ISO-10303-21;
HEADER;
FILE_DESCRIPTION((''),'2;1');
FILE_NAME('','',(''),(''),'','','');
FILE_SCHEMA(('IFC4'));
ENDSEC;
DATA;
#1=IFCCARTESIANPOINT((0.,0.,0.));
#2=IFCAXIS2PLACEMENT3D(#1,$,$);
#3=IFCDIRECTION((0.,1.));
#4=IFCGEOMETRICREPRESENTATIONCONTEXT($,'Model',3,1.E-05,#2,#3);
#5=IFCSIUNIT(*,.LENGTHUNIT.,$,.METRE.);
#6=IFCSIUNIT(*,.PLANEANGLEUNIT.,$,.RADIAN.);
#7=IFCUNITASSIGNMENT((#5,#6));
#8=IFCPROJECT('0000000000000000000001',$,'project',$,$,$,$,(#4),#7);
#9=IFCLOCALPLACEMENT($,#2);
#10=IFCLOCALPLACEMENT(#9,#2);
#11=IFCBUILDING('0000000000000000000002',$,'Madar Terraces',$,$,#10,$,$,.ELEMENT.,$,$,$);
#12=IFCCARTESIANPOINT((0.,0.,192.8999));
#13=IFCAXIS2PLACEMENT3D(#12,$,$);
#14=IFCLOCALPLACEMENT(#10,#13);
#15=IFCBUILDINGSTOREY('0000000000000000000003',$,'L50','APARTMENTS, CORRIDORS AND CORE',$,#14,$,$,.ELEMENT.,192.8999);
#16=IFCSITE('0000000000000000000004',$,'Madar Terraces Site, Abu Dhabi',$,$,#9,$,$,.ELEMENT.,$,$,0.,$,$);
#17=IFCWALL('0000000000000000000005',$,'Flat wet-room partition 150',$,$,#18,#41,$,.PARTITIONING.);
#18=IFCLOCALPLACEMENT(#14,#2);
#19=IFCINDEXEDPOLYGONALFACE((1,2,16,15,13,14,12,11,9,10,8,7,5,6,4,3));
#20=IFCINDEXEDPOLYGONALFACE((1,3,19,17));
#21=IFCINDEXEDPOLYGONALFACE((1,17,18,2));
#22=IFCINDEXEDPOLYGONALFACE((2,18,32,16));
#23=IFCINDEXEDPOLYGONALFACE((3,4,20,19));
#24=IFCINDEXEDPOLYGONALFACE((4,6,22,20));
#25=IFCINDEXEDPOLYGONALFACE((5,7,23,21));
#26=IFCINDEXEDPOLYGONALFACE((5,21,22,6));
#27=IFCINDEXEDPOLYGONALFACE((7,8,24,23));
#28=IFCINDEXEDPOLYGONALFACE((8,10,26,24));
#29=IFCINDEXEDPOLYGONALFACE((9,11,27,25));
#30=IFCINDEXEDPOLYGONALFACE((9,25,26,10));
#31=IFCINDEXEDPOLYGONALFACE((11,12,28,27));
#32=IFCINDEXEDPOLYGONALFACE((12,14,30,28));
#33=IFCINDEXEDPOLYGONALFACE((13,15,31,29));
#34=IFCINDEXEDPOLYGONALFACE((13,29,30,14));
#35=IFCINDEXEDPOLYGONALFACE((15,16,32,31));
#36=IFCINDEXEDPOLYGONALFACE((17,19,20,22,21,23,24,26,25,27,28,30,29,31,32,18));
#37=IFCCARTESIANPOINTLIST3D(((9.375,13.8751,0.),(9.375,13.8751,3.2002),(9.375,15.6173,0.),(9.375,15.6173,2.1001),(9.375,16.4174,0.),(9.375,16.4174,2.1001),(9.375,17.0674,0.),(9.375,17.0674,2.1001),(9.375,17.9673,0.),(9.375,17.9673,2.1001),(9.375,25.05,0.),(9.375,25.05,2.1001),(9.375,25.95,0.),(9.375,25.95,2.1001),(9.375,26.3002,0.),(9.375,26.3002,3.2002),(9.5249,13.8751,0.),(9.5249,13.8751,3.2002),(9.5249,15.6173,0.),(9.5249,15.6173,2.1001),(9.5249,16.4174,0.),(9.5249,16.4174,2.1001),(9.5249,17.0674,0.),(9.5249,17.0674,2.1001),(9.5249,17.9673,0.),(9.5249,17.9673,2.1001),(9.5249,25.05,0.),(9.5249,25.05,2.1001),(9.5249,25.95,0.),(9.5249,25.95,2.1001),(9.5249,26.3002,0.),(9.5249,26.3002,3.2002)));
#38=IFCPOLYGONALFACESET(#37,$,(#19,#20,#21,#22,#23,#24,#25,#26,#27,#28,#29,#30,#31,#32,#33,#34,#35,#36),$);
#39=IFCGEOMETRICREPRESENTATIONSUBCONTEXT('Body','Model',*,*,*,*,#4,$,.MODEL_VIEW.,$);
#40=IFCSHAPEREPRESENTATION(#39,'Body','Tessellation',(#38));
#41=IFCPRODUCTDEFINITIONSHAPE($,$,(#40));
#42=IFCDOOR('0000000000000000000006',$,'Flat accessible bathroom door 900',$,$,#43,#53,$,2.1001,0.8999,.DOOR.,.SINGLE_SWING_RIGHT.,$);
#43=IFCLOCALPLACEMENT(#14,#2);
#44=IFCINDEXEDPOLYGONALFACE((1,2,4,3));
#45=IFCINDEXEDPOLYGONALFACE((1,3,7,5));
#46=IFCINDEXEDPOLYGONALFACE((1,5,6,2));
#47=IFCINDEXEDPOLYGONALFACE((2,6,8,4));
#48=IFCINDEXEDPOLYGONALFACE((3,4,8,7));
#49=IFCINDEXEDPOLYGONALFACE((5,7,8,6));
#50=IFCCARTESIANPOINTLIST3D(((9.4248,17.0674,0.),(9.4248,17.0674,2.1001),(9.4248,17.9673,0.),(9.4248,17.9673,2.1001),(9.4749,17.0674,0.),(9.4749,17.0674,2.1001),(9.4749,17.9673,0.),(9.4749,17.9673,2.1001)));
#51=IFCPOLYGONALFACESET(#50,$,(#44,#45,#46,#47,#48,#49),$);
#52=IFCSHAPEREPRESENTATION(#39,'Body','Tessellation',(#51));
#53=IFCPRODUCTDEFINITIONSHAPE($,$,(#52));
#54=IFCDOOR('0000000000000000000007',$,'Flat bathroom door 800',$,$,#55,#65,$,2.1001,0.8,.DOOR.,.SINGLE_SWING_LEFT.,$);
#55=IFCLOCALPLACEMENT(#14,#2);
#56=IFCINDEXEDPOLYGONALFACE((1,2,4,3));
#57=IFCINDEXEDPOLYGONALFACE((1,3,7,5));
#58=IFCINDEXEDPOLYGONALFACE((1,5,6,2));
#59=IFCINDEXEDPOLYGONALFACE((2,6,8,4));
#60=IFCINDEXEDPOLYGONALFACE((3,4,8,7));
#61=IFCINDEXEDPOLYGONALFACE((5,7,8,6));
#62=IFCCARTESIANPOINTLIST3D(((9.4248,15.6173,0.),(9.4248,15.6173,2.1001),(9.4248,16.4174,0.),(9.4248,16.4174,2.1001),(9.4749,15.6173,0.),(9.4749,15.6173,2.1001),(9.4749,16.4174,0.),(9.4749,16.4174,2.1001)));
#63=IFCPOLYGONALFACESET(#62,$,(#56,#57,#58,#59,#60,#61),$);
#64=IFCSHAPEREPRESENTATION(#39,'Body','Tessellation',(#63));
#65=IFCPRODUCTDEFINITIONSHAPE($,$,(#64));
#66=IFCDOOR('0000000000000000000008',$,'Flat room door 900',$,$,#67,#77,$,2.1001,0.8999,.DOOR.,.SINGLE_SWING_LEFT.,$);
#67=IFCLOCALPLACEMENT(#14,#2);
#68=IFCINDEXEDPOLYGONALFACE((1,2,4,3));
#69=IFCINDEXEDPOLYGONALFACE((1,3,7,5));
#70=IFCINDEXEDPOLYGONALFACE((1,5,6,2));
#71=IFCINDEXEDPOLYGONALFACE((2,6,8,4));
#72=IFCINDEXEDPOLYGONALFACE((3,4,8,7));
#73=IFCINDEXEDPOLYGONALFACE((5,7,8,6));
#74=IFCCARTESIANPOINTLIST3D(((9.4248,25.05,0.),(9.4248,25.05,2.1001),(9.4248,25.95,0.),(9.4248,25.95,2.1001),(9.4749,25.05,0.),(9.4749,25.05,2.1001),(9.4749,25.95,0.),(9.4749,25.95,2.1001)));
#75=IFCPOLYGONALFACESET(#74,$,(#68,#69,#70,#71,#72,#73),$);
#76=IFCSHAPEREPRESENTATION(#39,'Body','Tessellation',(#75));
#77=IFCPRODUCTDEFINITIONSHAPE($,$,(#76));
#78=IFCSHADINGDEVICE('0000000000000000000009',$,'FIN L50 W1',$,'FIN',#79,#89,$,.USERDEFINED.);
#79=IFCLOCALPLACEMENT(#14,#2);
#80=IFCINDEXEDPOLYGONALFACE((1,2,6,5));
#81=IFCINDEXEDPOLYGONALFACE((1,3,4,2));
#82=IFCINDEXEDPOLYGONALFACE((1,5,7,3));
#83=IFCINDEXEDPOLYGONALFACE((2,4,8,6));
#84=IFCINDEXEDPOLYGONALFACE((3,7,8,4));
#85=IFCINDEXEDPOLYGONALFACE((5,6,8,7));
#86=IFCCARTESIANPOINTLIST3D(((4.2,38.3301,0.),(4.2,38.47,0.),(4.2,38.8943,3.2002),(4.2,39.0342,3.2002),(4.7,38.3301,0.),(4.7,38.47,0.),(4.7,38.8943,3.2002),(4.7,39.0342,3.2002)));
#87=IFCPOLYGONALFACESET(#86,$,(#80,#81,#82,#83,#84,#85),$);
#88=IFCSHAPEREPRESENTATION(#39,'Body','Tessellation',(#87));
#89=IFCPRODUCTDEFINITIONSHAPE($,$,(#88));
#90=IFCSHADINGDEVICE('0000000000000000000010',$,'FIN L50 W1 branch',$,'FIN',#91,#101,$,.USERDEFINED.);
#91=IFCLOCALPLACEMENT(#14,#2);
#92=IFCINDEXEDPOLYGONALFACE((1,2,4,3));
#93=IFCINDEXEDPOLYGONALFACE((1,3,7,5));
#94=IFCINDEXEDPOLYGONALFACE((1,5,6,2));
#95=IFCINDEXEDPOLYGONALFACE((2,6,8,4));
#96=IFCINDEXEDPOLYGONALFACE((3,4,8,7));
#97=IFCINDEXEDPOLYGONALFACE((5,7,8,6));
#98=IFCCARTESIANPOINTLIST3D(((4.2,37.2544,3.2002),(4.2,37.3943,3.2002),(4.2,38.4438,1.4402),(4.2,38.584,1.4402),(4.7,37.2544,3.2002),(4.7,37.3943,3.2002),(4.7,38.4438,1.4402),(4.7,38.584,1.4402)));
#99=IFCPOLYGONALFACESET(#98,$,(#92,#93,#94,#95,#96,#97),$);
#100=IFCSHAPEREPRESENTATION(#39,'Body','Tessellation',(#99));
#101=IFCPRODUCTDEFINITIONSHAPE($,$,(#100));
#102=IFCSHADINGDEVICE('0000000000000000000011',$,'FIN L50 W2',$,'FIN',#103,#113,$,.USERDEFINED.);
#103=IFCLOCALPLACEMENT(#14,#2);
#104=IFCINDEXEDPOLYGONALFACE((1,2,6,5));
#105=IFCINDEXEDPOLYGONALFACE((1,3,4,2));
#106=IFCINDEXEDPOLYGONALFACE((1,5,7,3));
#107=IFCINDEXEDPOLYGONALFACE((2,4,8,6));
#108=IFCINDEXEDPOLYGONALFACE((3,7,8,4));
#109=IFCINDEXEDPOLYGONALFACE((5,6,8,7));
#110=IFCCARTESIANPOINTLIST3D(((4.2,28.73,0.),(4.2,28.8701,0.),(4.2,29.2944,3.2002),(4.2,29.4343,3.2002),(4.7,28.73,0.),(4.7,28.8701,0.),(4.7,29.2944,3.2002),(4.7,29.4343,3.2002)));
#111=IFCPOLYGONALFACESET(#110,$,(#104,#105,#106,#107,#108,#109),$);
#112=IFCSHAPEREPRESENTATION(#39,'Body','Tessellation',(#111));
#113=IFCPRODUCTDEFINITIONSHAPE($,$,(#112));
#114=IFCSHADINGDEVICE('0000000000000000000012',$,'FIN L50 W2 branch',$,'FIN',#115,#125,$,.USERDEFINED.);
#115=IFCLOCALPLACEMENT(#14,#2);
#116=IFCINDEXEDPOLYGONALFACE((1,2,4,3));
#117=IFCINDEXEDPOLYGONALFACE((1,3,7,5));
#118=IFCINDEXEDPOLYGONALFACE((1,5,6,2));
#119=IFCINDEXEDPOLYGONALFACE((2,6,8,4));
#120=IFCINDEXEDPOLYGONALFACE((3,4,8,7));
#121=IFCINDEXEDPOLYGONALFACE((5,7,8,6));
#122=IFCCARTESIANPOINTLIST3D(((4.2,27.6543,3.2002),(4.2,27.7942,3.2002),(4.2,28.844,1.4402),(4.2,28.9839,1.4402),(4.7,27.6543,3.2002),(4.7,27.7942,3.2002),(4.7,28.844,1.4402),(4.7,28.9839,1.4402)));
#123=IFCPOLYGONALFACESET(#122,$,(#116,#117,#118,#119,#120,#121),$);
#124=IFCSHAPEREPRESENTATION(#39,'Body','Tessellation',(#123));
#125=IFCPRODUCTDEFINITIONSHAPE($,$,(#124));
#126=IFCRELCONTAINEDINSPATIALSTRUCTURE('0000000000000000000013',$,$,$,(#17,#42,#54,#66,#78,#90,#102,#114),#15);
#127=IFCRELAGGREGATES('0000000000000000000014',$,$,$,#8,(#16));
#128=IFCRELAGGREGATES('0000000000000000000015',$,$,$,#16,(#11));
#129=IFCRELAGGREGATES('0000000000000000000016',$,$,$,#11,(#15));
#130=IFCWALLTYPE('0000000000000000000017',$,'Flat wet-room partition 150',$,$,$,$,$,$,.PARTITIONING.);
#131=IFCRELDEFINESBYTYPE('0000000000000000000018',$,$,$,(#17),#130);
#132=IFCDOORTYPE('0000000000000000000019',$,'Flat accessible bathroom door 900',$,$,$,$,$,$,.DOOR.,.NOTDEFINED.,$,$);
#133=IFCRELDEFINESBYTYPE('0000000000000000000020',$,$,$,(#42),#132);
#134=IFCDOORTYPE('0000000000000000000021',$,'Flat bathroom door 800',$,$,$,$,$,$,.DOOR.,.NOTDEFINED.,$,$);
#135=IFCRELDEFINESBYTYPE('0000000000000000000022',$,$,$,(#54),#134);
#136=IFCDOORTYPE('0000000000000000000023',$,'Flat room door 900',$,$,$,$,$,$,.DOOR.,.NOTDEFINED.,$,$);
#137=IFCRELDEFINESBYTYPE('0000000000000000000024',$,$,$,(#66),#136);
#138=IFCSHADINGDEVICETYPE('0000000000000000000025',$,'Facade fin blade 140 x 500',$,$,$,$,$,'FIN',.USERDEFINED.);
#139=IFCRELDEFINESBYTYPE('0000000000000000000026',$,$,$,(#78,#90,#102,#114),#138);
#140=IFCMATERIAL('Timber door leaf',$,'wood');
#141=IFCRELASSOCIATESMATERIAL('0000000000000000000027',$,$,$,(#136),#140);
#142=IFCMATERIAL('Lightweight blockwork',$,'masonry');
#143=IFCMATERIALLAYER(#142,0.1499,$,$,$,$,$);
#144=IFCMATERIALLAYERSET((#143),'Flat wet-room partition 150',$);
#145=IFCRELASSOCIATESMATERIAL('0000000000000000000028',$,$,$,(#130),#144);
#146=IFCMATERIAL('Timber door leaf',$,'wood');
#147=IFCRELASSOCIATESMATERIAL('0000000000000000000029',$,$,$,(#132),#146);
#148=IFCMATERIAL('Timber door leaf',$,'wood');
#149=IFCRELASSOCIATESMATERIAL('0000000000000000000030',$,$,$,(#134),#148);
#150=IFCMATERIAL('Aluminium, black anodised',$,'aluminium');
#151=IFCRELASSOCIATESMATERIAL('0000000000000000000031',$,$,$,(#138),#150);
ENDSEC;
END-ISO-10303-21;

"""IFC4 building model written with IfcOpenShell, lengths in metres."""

from ifc_helpers import new_model, si_unit, direction, frame, frame_2d, origin, place, context, subcontext, project, spatial, polyline, rectangle, outline, extrude, material, layer, layer_set, type_object, element, fill, save


model = new_model("IFC4")

# Units and contexts
model_context = context("Model", 3, precision=1e-05, world=origin(), true_north=direction((0.0, 1.0)))
body_context = subcontext(model_context, "Body", "Model", "MODEL_VIEW")
ifc_project = project(units=[si_unit("LENGTHUNIT", "METRE"), si_unit("PLANEANGLEUNIT", "RADIAN")], contexts=[model_context])

# Site, building, storey
site_placement = place(None, origin())
site = spatial("IfcSite", under=ifc_project, at=site_placement, Name="Madar Terraces Site, Abu Dhabi", CompositionType="ELEMENT", RefElevation=0.0)
building_placement = place(site_placement, origin())
building = spatial("IfcBuilding", under=site, at=building_placement, Name="Madar Terraces", CompositionType="ELEMENT")
storey_placement = place(building_placement, frame((0.0, 0.0, 192.8999)))
storey = spatial("IfcBuildingStorey", under=building, at=storey_placement, Name="L50", Description="APARTMENTS, CORRIDORS AND CORE", CompositionType="ELEMENT", Elevation=192.8999)

# Shared definitions
ifc_material_1 = material(Name="Timber door leaf", Category="wood")
door_type_1 = type_object("IfcDoorType", Name="Flat room door 900", OperationType="NOTDEFINED", PredefinedType="DOOR", material=ifc_material_1)

# Shared definitions
ifc_material_2 = material(Name="Lightweight blockwork", Category="masonry")
ifc_layer_1 = layer(ifc_material_2, 0.1499)
ifc_layer_set_1 = layer_set([ifc_layer_1], Name="Flat wet-room partition 150")
wall_type_1 = type_object("IfcWallType", Name="Flat wet-room partition 150", PredefinedType="PARTITIONING", material=ifc_layer_set_1)

# Wall, openings, doors
wall_1_placement = place(storey_placement, frame((9.45, 26.3, 0.0), z_axis=(0.0, 0.0, 1.0), x_axis=(0.0, -1.0, 0.0)))
wall_1 = element("IfcWall", 1, at=wall_1_placement, inside=storey, type_object=wall_type_1, Name="Flat wet-room partition 150", PredefinedType="PARTITIONING", context=body_context, shape_type="SweptSolid", body=[
    extrude(rectangle(XDim=12.425, YDim=0.1499, at=frame_2d((6.2124, 0.0))), origin(), (0.0, 0.0, 1.0), 3.2002),
])
opening_1_placement = place(wall_1_placement, frame((9.8828, 0.0, 0.0)))
opening_1 = element("IfcOpeningElement", 2, at=opening_1_placement, cuts=wall_1, PredefinedType="OPENING", context=body_context, shape_type="SweptSolid", body=[
    extrude(rectangle(XDim=0.8, YDim=2.1001, at=frame_2d((0.3999, 1.05))), frame((0.0, 0.085, 0.0), z_axis=(0.0, -1.0, 0.0), x_axis=(1.0, 0.0, 0.0)), (0.0, 0.0, 1.0), 0.1699),
])
opening_2_placement = place(wall_1_placement, frame((8.3328, 0.0, 0.0)))
opening_2 = element("IfcOpeningElement", 3, at=opening_2_placement, cuts=wall_1, PredefinedType="OPENING", context=body_context, shape_type="SweptSolid", body=[
    extrude(rectangle(XDim=0.8999, YDim=2.1001, at=frame_2d((0.45, 1.05))), frame((0.0, 0.085, 0.0), z_axis=(0.0, -1.0, 0.0), x_axis=(1.0, 0.0, 0.0)), (0.0, 0.0, 1.0), 0.1699),
])
opening_3_placement = place(wall_1_placement, frame((0.3501, 0.0, 0.0)))
opening_3 = element("IfcOpeningElement", 4, at=opening_3_placement, cuts=wall_1, PredefinedType="OPENING", context=body_context, shape_type="SweptSolid", body=[
    extrude(rectangle(XDim=0.8999, YDim=2.1001, at=frame_2d((0.45, 1.05))), frame((0.0, 0.085, 0.0), z_axis=(0.0, -1.0, 0.0), x_axis=(1.0, 0.0, 0.0)), (0.0, 0.0, 1.0), 0.1699),
])
ifc_material_3 = material(Name="Timber door leaf", Category="wood")
door_type_2 = type_object("IfcDoorType", Name="Flat accessible bathroom door 900", OperationType="NOTDEFINED", PredefinedType="DOOR", material=ifc_material_3)
door_1_placement = place(opening_2_placement, origin())
door_1 = element("IfcDoor", 5, at=door_1_placement, inside=storey, type_object=door_type_2, Name="Flat accessible bathroom door 900", OperationType="SINGLE_SWING_RIGHT", OverallHeight=2.1001, OverallWidth=0.8999, PredefinedType="DOOR", context=body_context, shape_type="SweptSolid", body=[
    extrude(rectangle(XDim=0.8999, YDim=2.1001, at=frame_2d((0.45, 1.05))), frame((0.0, 0.0249, 0.0), z_axis=(0.0, -1.0, 0.0), x_axis=(1.0, 0.0, 0.0)), (0.0, 0.0, 1.0), 0.05),
])
fill(opening_2, door_1)
ifc_material_4 = material(Name="Timber door leaf", Category="wood")
door_type_3 = type_object("IfcDoorType", Name="Flat bathroom door 800", OperationType="NOTDEFINED", PredefinedType="DOOR", material=ifc_material_4)
door_2_placement = place(opening_1_placement, origin())
door_2 = element("IfcDoor", 6, at=door_2_placement, inside=storey, type_object=door_type_3, Name="Flat bathroom door 800", OperationType="SINGLE_SWING_LEFT", OverallHeight=2.1001, OverallWidth=0.8, PredefinedType="DOOR", context=body_context, shape_type="SweptSolid", body=[
    extrude(rectangle(XDim=0.8, YDim=2.1001, at=frame_2d((0.3999, 1.05))), frame((0.0, 0.0249, 0.0), z_axis=(0.0, -1.0, 0.0), x_axis=(1.0, 0.0, 0.0)), (0.0, 0.0, 1.0), 0.05),
])
fill(opening_1, door_2)
door_3_placement = place(opening_3_placement, origin())
door_3 = element("IfcDoor", 7, at=door_3_placement, inside=storey, type_object=door_type_1, Name="Flat room door 900", OperationType="SINGLE_SWING_LEFT", OverallHeight=2.1001, OverallWidth=0.8999, PredefinedType="DOOR", context=body_context, shape_type="SweptSolid", body=[
    extrude(rectangle(XDim=0.8999, YDim=2.1001, at=frame_2d((0.45, 1.05))), frame((0.0, 0.0249, 0.0), z_axis=(0.0, -1.0, 0.0), x_axis=(1.0, 0.0, 0.0)), (0.0, 0.0, 1.0), 0.05),
])
fill(opening_3, door_3)

# Shading devices
ifc_material_5 = material(Name="Aluminium, black anodised", Category="aluminium")
shading_device_type = type_object("IfcShadingDeviceType", Name="Facade fin blade 140 x 500", ElementType="FIN", PredefinedType="USERDEFINED", material=ifc_material_5)
shading_device_1_placement = place(storey_placement, frame((4.45, 38.47, 0.0), z_axis=(0.0, 0.0, 1.0), x_axis=(0.0, -1.0, 0.0)))
element("IfcShadingDevice", 8, at=shading_device_1_placement, inside=storey, type_object=shading_device_type, Name="FIN L50 W1", ObjectType="FIN", PredefinedType="USERDEFINED", context=body_context, shape_type="SweptSolid", body=[
    extrude(outline(polyline([(0.0, 0.0), (0.1399, 0.0), (-0.4243, 3.2002), (-0.5642, 3.2002), (0.0, 0.0)])), frame((0.0, 0.25, 0.0), z_axis=(0.0, -1.0, 0.0), x_axis=(1.0, 0.0, 0.0)), (0.0, 0.0, 1.0), 0.5),
])
shading_device_2_placement = place(storey_placement, frame((4.45, 38.584, 1.4402), z_axis=(0.0, 0.0, 1.0), x_axis=(0.0, -1.0, 0.0)))
element("IfcShadingDevice", 9, at=shading_device_2_placement, inside=storey, type_object=shading_device_type, Name="FIN L50 W1 branch", ObjectType="FIN", PredefinedType="USERDEFINED", context=body_context, shape_type="SweptSolid", body=[
    extrude(outline(polyline([(0.0, 0.0), (0.1401, 0.0), (1.3296, 1.76), (1.1897, 1.76), (0.0, 0.0)])), frame((0.0, 0.25, 0.0), z_axis=(0.0, -1.0, 0.0), x_axis=(1.0, 0.0, 0.0)), (0.0, 0.0, 1.0), 0.5),
])
shading_device_3_placement = place(storey_placement, frame((4.45, 28.8701, 0.0), z_axis=(0.0, 0.0, 1.0), x_axis=(0.0, -1.0, 0.0)))
element("IfcShadingDevice", 10, at=shading_device_3_placement, inside=storey, type_object=shading_device_type, Name="FIN L50 W2", ObjectType="FIN", PredefinedType="USERDEFINED", context=body_context, shape_type="SweptSolid", body=[
    extrude(outline(polyline([(0.0, 0.0), (0.1401, 0.0), (-0.4243, 3.2002), (-0.5642, 3.2002), (0.0, 0.0)])), frame((0.0, 0.25, 0.0), z_axis=(0.0, -1.0, 0.0), x_axis=(1.0, 0.0, 0.0)), (0.0, 0.0, 1.0), 0.5),
])
shading_device_4_placement = place(storey_placement, frame((4.45, 28.9839, 1.4402), z_axis=(0.0, 0.0, 1.0), x_axis=(0.0, -1.0, 0.0)))
element("IfcShadingDevice", 11, at=shading_device_4_placement, inside=storey, type_object=shading_device_type, Name="FIN L50 W2 branch", ObjectType="FIN", PredefinedType="USERDEFINED", context=body_context, shape_type="SweptSolid", body=[
    extrude(outline(polyline([(0.0, 0.0), (0.1399, 0.0), (1.3296, 1.76), (1.1897, 1.76), (0.0, 0.0)])), frame((0.0, 0.25, 0.0), z_axis=(0.0, -1.0, 0.0), x_axis=(1.0, 0.0, 0.0)), (0.0, 0.0, 1.0), 0.5),
])

save(model, "model.ifc")
